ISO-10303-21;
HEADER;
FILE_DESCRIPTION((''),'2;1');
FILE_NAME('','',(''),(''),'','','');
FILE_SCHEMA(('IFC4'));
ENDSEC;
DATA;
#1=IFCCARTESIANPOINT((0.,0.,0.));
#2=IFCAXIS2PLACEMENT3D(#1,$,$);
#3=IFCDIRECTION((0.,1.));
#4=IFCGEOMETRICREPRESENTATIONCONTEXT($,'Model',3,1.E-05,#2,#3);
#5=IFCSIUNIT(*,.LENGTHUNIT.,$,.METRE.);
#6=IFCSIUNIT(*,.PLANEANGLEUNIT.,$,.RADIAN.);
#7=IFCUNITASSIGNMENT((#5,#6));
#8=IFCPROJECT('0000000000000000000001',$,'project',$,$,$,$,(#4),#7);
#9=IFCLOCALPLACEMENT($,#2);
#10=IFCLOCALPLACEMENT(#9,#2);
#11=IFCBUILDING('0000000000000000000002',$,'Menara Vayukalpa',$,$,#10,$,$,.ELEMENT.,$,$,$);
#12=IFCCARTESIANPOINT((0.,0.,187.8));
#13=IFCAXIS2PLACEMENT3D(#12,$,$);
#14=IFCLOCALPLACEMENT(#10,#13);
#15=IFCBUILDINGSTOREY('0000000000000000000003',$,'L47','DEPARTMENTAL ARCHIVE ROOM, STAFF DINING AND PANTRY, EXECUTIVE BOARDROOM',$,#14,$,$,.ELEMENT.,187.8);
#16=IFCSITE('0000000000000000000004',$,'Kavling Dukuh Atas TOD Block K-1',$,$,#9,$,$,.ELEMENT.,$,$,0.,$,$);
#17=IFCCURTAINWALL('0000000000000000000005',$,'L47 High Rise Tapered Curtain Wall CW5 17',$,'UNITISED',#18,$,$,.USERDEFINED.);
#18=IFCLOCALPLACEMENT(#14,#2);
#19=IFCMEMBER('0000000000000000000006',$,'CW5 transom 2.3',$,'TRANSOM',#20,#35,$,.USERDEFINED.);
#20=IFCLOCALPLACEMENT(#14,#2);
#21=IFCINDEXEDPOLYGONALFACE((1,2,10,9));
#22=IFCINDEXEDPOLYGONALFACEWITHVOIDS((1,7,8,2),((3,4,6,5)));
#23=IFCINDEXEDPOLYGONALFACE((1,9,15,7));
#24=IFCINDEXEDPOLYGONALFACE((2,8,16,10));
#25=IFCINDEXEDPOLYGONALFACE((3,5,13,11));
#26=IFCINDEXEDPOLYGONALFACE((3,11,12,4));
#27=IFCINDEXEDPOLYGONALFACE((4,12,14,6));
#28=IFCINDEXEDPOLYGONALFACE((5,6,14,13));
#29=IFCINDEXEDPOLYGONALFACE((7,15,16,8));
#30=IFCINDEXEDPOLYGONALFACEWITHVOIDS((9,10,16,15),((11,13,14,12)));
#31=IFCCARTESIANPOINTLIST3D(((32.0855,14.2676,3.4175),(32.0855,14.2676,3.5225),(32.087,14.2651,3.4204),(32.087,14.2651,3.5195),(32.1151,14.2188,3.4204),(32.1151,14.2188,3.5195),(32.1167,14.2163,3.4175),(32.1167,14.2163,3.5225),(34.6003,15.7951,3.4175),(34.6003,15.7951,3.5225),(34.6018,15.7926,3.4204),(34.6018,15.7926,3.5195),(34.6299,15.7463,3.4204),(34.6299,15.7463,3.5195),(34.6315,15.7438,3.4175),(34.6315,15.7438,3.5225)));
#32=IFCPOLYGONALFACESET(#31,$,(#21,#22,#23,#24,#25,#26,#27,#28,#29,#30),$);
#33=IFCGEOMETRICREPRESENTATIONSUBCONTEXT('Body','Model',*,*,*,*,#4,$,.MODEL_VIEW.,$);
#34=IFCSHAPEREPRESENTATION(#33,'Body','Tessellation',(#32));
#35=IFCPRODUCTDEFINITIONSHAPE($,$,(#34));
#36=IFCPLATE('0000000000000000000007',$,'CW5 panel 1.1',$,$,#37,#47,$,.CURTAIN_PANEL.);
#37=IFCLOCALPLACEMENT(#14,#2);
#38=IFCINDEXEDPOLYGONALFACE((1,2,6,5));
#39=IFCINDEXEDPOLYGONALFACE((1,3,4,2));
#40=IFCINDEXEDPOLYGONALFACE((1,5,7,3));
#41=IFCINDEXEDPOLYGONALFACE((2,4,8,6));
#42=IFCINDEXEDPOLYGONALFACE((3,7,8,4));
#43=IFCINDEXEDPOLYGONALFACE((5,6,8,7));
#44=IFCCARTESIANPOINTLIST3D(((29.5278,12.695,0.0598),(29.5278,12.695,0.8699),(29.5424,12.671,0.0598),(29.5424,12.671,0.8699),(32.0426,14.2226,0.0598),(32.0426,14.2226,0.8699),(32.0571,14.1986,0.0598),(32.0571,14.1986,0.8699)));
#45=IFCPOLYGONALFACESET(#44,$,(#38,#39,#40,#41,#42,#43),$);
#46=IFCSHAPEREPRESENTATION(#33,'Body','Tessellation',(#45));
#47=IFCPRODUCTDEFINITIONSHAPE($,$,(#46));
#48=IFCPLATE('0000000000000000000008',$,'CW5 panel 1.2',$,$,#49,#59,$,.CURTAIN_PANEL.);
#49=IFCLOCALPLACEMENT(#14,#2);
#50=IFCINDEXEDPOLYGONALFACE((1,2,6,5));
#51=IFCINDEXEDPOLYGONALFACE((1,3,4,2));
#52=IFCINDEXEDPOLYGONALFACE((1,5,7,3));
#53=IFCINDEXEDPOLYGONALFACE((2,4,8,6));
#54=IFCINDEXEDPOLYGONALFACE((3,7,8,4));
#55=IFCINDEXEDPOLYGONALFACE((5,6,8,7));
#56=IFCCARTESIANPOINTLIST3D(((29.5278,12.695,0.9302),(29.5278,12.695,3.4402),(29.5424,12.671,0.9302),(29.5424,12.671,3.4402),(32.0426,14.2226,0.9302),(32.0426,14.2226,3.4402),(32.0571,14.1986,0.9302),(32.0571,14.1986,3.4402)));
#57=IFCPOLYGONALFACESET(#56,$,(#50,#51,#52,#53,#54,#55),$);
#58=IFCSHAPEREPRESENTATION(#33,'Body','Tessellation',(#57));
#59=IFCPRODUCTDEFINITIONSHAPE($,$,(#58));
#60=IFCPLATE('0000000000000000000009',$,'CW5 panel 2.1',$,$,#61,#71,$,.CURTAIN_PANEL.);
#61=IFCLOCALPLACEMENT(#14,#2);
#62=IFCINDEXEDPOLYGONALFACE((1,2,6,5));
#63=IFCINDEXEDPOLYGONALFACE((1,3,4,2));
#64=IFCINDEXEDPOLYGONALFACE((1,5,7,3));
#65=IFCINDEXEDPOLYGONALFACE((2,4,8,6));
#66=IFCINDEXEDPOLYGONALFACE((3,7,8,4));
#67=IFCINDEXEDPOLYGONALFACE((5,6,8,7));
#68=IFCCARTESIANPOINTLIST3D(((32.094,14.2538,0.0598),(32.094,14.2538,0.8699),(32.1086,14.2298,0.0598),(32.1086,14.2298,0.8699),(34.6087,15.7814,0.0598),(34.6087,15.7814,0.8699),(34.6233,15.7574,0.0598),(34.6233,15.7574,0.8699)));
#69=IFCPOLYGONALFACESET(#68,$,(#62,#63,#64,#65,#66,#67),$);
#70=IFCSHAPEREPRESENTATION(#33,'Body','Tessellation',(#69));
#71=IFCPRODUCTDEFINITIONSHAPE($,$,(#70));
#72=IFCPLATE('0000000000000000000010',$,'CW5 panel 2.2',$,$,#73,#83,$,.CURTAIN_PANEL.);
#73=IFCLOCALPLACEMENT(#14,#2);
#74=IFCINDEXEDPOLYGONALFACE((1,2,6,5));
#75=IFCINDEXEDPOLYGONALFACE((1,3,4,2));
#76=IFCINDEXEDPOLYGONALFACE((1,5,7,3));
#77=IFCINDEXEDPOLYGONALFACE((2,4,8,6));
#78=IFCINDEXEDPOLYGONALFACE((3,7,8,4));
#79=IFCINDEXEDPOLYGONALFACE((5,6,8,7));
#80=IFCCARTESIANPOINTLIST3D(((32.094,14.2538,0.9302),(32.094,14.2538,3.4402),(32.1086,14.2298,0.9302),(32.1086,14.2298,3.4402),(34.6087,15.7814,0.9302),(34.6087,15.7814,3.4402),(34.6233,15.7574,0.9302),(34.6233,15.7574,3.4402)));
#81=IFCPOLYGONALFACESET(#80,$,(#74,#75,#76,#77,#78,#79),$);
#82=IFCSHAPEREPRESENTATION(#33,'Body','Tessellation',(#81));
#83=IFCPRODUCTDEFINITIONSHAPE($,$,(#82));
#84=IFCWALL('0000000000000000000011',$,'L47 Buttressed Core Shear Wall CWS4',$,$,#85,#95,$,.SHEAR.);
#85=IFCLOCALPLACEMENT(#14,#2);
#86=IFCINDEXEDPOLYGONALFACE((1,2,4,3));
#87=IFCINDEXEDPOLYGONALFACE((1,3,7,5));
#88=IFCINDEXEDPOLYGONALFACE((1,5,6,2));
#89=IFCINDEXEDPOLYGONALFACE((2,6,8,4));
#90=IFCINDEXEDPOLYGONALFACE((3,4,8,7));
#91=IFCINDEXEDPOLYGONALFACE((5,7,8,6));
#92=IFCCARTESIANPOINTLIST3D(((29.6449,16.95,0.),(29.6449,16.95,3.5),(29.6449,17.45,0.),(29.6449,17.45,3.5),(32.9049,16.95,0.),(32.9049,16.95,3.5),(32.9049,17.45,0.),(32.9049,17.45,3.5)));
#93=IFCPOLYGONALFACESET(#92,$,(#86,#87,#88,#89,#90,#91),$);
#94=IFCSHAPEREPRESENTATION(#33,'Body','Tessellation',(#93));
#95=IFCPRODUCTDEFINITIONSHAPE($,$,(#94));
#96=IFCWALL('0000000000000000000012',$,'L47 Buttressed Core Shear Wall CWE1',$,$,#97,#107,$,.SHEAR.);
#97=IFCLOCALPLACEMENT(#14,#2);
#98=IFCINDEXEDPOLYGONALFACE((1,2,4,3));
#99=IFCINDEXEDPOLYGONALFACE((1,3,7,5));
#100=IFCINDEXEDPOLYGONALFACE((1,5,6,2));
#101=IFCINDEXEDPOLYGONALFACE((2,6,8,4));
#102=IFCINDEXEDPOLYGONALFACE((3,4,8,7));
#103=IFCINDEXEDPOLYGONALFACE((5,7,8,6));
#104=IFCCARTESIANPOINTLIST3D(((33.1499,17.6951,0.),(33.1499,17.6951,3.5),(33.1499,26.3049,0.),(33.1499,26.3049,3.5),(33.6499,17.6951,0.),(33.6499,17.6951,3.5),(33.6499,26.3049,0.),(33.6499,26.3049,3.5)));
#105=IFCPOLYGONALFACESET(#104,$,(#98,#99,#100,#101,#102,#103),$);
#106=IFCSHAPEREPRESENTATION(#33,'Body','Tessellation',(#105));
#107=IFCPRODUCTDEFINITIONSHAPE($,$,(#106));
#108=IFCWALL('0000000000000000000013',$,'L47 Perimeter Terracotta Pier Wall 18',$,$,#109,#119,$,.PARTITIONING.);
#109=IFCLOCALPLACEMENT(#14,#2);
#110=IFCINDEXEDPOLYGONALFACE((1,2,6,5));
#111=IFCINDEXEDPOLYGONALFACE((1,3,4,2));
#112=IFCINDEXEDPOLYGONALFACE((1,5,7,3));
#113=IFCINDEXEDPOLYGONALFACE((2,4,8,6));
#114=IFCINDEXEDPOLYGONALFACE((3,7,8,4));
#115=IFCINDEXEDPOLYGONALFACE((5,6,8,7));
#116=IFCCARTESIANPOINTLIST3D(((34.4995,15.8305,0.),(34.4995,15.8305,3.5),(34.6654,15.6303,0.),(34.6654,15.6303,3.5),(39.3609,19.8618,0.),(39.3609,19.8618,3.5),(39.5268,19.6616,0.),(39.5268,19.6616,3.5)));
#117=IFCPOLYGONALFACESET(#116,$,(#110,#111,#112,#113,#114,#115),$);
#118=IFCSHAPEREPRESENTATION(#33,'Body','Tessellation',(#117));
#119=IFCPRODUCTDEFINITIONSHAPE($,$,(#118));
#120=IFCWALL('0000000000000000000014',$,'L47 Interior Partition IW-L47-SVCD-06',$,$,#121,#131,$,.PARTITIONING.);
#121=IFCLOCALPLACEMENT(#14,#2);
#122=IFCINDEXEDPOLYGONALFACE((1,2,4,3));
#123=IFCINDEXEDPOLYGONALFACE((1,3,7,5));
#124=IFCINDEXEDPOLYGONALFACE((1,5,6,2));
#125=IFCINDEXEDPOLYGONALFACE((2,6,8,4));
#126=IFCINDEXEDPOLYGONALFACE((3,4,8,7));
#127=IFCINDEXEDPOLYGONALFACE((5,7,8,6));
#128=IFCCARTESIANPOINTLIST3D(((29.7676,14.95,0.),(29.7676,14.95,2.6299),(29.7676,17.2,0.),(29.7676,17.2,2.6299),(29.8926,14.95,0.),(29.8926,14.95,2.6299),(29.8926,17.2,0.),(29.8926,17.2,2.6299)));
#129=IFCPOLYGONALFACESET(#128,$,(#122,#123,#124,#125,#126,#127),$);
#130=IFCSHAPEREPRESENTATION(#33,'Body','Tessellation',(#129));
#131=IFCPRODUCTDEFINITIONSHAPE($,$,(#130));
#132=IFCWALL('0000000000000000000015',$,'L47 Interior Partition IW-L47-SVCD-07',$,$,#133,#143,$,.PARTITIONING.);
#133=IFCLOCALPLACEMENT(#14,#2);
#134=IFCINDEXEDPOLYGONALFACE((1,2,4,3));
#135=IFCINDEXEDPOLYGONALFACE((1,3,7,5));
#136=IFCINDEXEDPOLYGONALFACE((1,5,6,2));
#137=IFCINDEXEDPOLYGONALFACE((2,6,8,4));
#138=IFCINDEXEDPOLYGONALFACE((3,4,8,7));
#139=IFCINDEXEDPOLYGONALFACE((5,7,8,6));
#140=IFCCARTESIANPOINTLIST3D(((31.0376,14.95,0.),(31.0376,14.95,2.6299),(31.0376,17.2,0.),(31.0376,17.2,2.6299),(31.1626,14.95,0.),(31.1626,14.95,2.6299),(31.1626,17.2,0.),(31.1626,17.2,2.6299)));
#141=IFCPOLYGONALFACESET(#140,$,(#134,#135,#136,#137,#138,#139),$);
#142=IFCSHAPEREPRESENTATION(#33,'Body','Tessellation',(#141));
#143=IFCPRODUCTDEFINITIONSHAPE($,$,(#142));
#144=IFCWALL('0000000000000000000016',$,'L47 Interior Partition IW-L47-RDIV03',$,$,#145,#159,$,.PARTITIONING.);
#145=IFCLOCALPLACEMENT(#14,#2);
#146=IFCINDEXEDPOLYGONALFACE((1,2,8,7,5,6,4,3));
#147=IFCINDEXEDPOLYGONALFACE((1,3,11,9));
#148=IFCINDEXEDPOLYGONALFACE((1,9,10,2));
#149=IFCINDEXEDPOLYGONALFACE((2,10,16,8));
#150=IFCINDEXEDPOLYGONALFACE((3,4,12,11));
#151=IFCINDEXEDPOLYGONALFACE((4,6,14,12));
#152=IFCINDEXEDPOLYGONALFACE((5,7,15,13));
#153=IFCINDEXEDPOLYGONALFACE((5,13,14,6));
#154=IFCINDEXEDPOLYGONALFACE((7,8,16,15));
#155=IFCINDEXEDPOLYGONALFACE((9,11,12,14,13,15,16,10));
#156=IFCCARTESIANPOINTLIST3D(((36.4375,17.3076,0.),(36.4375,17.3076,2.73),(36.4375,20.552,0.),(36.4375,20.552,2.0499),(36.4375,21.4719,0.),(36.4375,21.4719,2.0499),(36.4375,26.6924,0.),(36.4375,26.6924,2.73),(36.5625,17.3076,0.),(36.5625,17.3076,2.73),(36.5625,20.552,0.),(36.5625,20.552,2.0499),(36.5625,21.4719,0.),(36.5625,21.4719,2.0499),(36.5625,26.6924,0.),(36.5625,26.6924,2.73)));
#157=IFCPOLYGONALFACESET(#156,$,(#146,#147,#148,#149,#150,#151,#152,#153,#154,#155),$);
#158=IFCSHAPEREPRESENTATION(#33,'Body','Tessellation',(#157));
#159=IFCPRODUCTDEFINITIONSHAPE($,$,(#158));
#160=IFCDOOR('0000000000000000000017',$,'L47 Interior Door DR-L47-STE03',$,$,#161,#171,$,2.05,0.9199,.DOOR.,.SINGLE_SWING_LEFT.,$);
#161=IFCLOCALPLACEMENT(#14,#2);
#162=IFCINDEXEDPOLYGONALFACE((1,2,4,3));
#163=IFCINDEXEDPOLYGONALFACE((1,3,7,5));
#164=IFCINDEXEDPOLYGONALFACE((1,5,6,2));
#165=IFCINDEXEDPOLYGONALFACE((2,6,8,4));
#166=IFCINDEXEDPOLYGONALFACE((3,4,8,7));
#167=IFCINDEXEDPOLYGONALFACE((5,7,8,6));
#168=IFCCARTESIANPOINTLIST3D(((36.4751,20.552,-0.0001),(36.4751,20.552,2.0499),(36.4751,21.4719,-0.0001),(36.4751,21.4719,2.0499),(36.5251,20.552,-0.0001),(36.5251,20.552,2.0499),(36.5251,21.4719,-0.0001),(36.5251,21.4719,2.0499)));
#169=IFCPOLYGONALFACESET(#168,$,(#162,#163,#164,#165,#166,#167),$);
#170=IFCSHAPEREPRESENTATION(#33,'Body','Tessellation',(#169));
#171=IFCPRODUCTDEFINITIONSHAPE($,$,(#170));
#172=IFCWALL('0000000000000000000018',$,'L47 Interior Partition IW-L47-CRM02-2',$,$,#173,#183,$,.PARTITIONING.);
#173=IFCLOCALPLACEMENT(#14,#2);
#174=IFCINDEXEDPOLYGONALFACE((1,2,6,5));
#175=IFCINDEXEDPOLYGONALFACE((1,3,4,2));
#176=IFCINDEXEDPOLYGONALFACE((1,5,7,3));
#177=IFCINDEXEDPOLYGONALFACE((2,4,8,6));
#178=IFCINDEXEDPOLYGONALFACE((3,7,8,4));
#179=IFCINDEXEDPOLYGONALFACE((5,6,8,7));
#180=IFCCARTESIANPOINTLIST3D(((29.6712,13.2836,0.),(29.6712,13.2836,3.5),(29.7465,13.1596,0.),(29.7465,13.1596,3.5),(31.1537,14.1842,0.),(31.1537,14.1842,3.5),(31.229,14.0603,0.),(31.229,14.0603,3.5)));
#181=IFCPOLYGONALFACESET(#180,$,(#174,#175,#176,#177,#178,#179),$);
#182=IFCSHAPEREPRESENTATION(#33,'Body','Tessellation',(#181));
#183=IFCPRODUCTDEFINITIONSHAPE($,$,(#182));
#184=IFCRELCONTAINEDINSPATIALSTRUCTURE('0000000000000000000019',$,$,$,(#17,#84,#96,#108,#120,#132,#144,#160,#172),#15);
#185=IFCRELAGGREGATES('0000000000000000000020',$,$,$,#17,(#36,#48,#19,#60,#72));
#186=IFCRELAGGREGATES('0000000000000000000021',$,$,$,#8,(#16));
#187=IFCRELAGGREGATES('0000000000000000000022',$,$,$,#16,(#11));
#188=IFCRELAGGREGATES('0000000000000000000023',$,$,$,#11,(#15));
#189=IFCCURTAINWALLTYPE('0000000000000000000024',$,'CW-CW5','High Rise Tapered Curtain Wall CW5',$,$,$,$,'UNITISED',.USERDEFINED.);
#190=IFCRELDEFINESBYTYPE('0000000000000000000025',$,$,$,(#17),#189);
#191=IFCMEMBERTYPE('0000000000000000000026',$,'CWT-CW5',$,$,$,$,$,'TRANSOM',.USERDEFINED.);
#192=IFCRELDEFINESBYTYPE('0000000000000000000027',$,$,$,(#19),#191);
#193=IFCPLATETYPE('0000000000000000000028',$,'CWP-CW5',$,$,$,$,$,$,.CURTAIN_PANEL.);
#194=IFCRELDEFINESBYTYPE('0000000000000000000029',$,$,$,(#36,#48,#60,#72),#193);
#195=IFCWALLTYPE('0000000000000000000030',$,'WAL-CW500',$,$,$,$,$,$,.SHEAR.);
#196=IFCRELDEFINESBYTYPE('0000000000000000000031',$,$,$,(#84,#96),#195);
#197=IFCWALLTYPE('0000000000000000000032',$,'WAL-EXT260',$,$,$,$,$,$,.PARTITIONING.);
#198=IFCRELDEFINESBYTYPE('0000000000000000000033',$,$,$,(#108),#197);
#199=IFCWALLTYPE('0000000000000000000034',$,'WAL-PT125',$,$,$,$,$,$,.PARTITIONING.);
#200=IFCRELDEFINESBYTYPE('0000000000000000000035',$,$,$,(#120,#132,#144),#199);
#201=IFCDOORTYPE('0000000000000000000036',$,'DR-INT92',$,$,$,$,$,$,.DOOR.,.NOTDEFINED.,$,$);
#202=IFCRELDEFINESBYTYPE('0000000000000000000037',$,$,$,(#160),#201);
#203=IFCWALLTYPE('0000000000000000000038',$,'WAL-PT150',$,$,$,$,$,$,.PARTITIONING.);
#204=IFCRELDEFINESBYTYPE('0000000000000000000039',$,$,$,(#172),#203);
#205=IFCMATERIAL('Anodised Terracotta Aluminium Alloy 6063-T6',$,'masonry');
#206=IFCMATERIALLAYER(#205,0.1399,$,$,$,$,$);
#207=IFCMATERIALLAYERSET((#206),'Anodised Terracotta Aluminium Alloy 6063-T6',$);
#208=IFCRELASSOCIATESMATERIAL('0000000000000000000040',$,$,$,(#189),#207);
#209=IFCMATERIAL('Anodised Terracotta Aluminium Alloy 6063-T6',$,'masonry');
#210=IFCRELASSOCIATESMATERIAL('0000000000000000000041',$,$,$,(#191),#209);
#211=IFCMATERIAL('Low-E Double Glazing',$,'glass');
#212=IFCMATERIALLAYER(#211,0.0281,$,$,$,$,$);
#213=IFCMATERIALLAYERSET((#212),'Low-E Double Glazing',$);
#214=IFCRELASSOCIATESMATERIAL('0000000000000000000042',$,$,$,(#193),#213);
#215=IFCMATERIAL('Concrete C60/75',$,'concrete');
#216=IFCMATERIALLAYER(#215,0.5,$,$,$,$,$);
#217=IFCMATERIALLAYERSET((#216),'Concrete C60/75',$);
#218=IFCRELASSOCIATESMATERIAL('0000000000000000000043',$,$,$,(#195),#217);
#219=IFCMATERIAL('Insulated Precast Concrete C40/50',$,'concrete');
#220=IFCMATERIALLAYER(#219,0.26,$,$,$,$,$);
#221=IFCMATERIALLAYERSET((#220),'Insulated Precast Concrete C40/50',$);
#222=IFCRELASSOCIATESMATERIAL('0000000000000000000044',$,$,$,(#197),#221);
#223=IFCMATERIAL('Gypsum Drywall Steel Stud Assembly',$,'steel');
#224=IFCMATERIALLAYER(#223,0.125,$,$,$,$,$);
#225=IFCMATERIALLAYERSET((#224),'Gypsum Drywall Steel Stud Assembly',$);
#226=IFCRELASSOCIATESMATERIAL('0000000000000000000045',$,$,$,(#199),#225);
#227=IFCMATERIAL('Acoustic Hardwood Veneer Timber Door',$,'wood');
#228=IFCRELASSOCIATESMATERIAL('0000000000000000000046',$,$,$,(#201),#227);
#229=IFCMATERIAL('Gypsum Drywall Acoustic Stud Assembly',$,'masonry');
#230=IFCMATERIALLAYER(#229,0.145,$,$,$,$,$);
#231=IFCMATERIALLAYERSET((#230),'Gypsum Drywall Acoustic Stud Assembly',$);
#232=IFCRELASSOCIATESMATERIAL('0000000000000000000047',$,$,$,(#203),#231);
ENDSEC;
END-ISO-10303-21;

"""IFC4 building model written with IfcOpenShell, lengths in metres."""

from ifc_helpers import new_model, si_unit, direction, frame, frame_2d, origin, origin_2d, place, context, subcontext, project, spatial, rectangle, hollow_rectangle, extrude, material, layer, layer_set, material_profile, profile_set, type_object, element, fill, aggregate, save


model = new_model("IFC4")

# Units and contexts
model_context = context("Model", 3, precision=1e-05, world=origin(), true_north=direction((0.0, 1.0)))
body_context = subcontext(model_context, "Body", "Model", "MODEL_VIEW")
ifc_project = project(units=[si_unit("LENGTHUNIT", "METRE"), si_unit("PLANEANGLEUNIT", "RADIAN")], contexts=[model_context])

# Site, building, storey
site_placement = place(None, origin())
site = spatial("IfcSite", under=ifc_project, at=site_placement, Name="Kavling Dukuh Atas TOD Block K-1", CompositionType="ELEMENT", RefElevation=0.0)
building_placement = place(site_placement, origin())
building = spatial("IfcBuilding", under=site, at=building_placement, Name="Menara Vayukalpa", CompositionType="ELEMENT")
storey_placement = place(building_placement, frame((0.0, 0.0, 187.8)))
storey = spatial("IfcBuildingStorey", under=building, at=storey_placement, Name="L47", Description="DEPARTMENTAL ARCHIVE ROOM, STAFF DINING AND PANTRY, EXECUTIVE BOARDROOM", CompositionType="ELEMENT", Elevation=187.8)

# Curtain wall, member, plates
ifc_material_1 = material(Name="Anodised Terracotta Aluminium Alloy 6063-T6", Category="masonry")
ifc_layer_1 = layer(ifc_material_1, 0.1399)
ifc_layer_set_1 = layer_set([ifc_layer_1], Name="Anodised Terracotta Aluminium Alloy 6063-T6")
curtain_wall_type = type_object("IfcCurtainWallType", Name="CW-CW5", Description="High Rise Tapered Curtain Wall CW5", ElementType="UNITISED", PredefinedType="USERDEFINED", material=ifc_layer_set_1)
curtain_wall_placement = place(storey_placement, origin())
curtain_wall = element("IfcCurtainWall", 1, at=curtain_wall_placement, inside=storey, type_object=curtain_wall_type, Name="L47 High Rise Tapered Curtain Wall CW5 17", ObjectType="UNITISED", PredefinedType="USERDEFINED")
ifc_material_2 = material(Name="Anodised Terracotta Aluminium Alloy 6063-T6", Category="masonry")
ifc_material_profile_1 = material_profile(ifc_material_2, hollow_rectangle(XDim=0.0601, YDim=0.105, WallThickness=0.0029, at=origin_2d()), Name="ALU 60x105x3")
ifc_profile_set_1 = profile_set([ifc_material_profile_1], Name="Anodised Terracotta Aluminium Alloy 6063-T6")
member_type_1 = type_object("IfcMemberType", Name="CWT-CW5", ElementType="TRANSOM", PredefinedType="USERDEFINED", material=ifc_profile_set_1)
member_1_placement = place(storey_placement, frame((32.1011, 14.2419, 3.47), z_axis=(0.854684, 0.519149, 0.0), x_axis=(-0.519149, 0.854684, 0.0)))
member_1 = element("IfcMember", 2, at=member_1_placement, type_object=member_type_1, Name="CW5 transom 2.3", ObjectType="TRANSOM", PredefinedType="USERDEFINED", context=body_context, shape_type="SweptSolid", body=[
    extrude(hollow_rectangle(XDim=0.0601, YDim=0.105, WallThickness=0.0029, at=origin_2d()), origin(), (0.0, 0.0, 1.0), 2.9424),
])
ifc_material_3 = material(Name="Low-E Double Glazing", Category="glass")
ifc_layer_2 = layer(ifc_material_3, 0.0281)
ifc_layer_set_2 = layer_set([ifc_layer_2], Name="Low-E Double Glazing")
plate_type = type_object("IfcPlateType", Name="CWP-CW5", PredefinedType="CURTAIN_PANEL", material=ifc_layer_set_2)
plate_1_placement = place(storey_placement, frame((30.7925, 13.4468, 0.0598), z_axis=(0.0, 0.0, 1.0), x_axis=(0.854665, 0.51918, 0.0)))
plate_1 = element("IfcPlate", 3, at=plate_1_placement, type_object=plate_type, Name="CW5 panel 1.1", PredefinedType="CURTAIN_PANEL", context=body_context, shape_type="SweptSolid", body=[
    extrude(rectangle(XDim=2.9424, YDim=0.0281, at=origin_2d()), origin(), (0.0, 0.0, 1.0), 0.8101),
])
plate_2_placement = place(storey_placement, frame((30.7925, 13.4468, 0.9302), z_axis=(0.0, 0.0, 1.0), x_axis=(0.854665, 0.51918, 0.0)))
plate_2 = element("IfcPlate", 4, at=plate_2_placement, type_object=plate_type, Name="CW5 panel 1.2", PredefinedType="CURTAIN_PANEL", context=body_context, shape_type="SweptSolid", body=[
    extrude(rectangle(XDim=2.9424, YDim=0.0281, at=origin_2d()), origin(), (0.0, 0.0, 1.0), 2.51),
])
plate_3_placement = place(storey_placement, frame((33.3586, 15.0056, 0.0598), z_axis=(0.0, 0.0, 1.0), x_axis=(0.854665, 0.51918, 0.0)))
plate_3 = element("IfcPlate", 5, at=plate_3_placement, type_object=plate_type, Name="CW5 panel 2.1", PredefinedType="CURTAIN_PANEL", context=body_context, shape_type="SweptSolid", body=[
    extrude(rectangle(XDim=2.9424, YDim=0.0281, at=origin_2d()), origin(), (0.0, 0.0, 1.0), 0.8101),
])
plate_4_placement = place(storey_placement, frame((33.3586, 15.0056, 0.9302), z_axis=(0.0, 0.0, 1.0), x_axis=(0.854665, 0.51918, 0.0)))
plate_4 = element("IfcPlate", 6, at=plate_4_placement, type_object=plate_type, Name="CW5 panel 2.2", PredefinedType="CURTAIN_PANEL", context=body_context, shape_type="SweptSolid", body=[
    extrude(rectangle(XDim=2.9424, YDim=0.0281, at=origin_2d()), origin(), (0.0, 0.0, 1.0), 2.51),
])
aggregate(curtain_wall, [plate_1, plate_2, member_1, plate_3, plate_4])

# Walls
ifc_material_4 = material(Name="Concrete C60/75", Category="concrete")
ifc_layer_3 = layer(ifc_material_4, 0.5)
ifc_layer_set_3 = layer_set([ifc_layer_3], Name="Concrete C60/75")
wall_type_1 = type_object("IfcWallType", Name="WAL-CW500", PredefinedType="SHEAR", material=ifc_layer_set_3)
wall_1_placement = place(storey_placement, frame((29.645, 17.2, 0.0), z_axis=(0.0, 0.0, 1.0), x_axis=(1.0, 0.0, 0.0)))
element("IfcWall", 7, at=wall_1_placement, inside=storey, type_object=wall_type_1, Name="L47 Buttressed Core Shear Wall CWS4", PredefinedType="SHEAR", context=body_context, shape_type="SweptSolid", body=[
    extrude(rectangle(XDim=3.26, YDim=0.5, at=frame_2d((1.6299, 0.0))), origin(), (0.0, 0.0, 1.0), 3.5),
])
wall_2_placement = place(storey_placement, frame((33.3999, 17.6951, 0.0), z_axis=(0.0, 0.0, 1.0), x_axis=(0.0, 1.0, 0.0)))
element("IfcWall", 8, at=wall_2_placement, inside=storey, type_object=wall_type_1, Name="L47 Buttressed Core Shear Wall CWE1", PredefinedType="SHEAR", context=body_context, shape_type="SweptSolid", body=[
    extrude(rectangle(XDim=8.6099, YDim=0.5, at=frame_2d((4.3049, 0.0))), origin(), (0.0, 0.0, 1.0), 3.5),
])
ifc_material_5 = material(Name="Insulated Precast Concrete C40/50", Category="concrete")
ifc_layer_4 = layer(ifc_material_5, 0.26)
ifc_layer_set_4 = layer_set([ifc_layer_4], Name="Insulated Precast Concrete C40/50")
wall_type_2 = type_object("IfcWallType", Name="WAL-EXT260", PredefinedType="PARTITIONING", material=ifc_layer_set_4)
wall_3_placement = place(storey_placement, frame((39.4438, 19.7617, 0.0), z_axis=(0.0, 0.0, 1.0), x_axis=(-0.769765, -0.638327, 0.0)))
element("IfcWall", 9, at=wall_3_placement, inside=storey, type_object=wall_type_2, Name="L47 Perimeter Terracotta Pier Wall 18", PredefinedType="PARTITIONING", context=body_context, shape_type="SweptSolid", body=[
    extrude(rectangle(XDim=6.3154, YDim=0.26, at=frame_2d((3.1577, 0.0))), origin(), (0.0, 0.0, 1.0), 3.5),
])
ifc_material_6 = material(Name="Gypsum Drywall Steel Stud Assembly", Category="steel")
ifc_layer_5 = layer(ifc_material_6, 0.125)
ifc_layer_set_5 = layer_set([ifc_layer_5], Name="Gypsum Drywall Steel Stud Assembly")
wall_type_3 = type_object("IfcWallType", Name="WAL-PT125", PredefinedType="PARTITIONING", material=ifc_layer_set_5)
for number, where, z_axis, x_axis, name in (
    (10, (29.8301, 14.95, 0.0), (0.0, 0.0, 1.0), (0.0, 1.0, 0.0), "L47 Interior Partition IW-L47-SVCD-06"),
    (11, (31.1001, 14.95, 0.0), (0.0, 0.0, 1.0), (0.0, 1.0, 0.0), "L47 Interior Partition IW-L47-SVCD-07"),
):
    element("IfcWall", number, at=place(storey_placement, frame(where, z_axis=z_axis, x_axis=x_axis)), inside=storey, type_object=wall_type_3, Name=name, PredefinedType="PARTITIONING", context=body_context, shape_type="SweptSolid", body=[
        extrude(rectangle(XDim=2.25, YDim=0.125, at=frame_2d((1.125, 0.0))), origin(), (0.0, 0.0, 1.0), 2.6299),
    ])

# Wall, opening, door
wall_4_placement = place(storey_placement, frame((36.5, 17.3076, 0.0), z_axis=(0.0, 0.0, 1.0), x_axis=(0.0, 1.0, 0.0)))
wall_4 = element("IfcWall", 12, at=wall_4_placement, inside=storey, type_object=wall_type_3, Name="L47 Interior Partition IW-L47-RDIV03", PredefinedType="PARTITIONING", context=body_context, shape_type="SweptSolid", body=[
    extrude(rectangle(XDim=9.3848, YDim=0.125, at=frame_2d((4.6924, 0.0))), origin(), (0.0, 0.0, 1.0), 2.73),
])
opening_placement = place(wall_4_placement, frame((3.2444, 0.0, 0.0)))
opening = element("IfcOpeningElement", 13, at=opening_placement, cuts=wall_4, PredefinedType="OPENING", context=body_context, shape_type="SweptSolid", body=[
    extrude(rectangle(XDim=0.9199, YDim=2.05, at=frame_2d((0.46, 1.0249))), frame((0.0, 0.0725, 0.0), z_axis=(0.0, -1.0, 0.0), x_axis=(1.0, 0.0, 0.0)), (0.0, 0.0, 1.0), 0.145),
])
ifc_material_7 = material(Name="Acoustic Hardwood Veneer Timber Door", Category="wood")
door_type = type_object("IfcDoorType", Name="DR-INT92", OperationType="NOTDEFINED", PredefinedType="DOOR", material=ifc_material_7)
door_placement = place(opening_placement, origin())
door = element("IfcDoor", 14, at=door_placement, inside=storey, type_object=door_type, Name="L47 Interior Door DR-L47-STE03", OperationType="SINGLE_SWING_LEFT", OverallHeight=2.05, OverallWidth=0.9199, PredefinedType="DOOR", context=body_context, shape_type="SweptSolid", body=[
    extrude(rectangle(XDim=0.9199, YDim=2.05, at=frame_2d((0.46, 1.0249))), frame((0.0, 0.0249, 0.0), z_axis=(0.0, -1.0, 0.0), x_axis=(1.0, 0.0, 0.0)), (0.0, 0.0, 1.0), 0.05),
])
fill(opening, door)

# Wall
ifc_material_8 = material(Name="Gypsum Drywall Acoustic Stud Assembly", Category="masonry")
ifc_layer_6 = layer(ifc_material_8, 0.145)
ifc_layer_set_6 = layer_set([ifc_layer_6], Name="Gypsum Drywall Acoustic Stud Assembly")
wall_type_4 = type_object("IfcWallType", Name="WAL-PT150", PredefinedType="PARTITIONING", material=ifc_layer_set_6)
wall_5_placement = place(storey_placement, frame((29.709, 13.2217, 0.0), z_axis=(0.0, 0.0, 1.0), x_axis=(0.854636, 0.519228, 0.0)))
element("IfcWall", 15, at=wall_5_placement, inside=storey, type_object=wall_type_4, Name="L47 Interior Partition IW-L47-CRM02-2", PredefinedType="PARTITIONING", context=body_context, shape_type="SweptSolid", body=[
    extrude(rectangle(XDim=1.7346, YDim=0.145, at=frame_2d((0.8672, 0.0))), origin(), (0.0, 0.0, 1.0), 3.5),
])

save(model, "model.ifc")
